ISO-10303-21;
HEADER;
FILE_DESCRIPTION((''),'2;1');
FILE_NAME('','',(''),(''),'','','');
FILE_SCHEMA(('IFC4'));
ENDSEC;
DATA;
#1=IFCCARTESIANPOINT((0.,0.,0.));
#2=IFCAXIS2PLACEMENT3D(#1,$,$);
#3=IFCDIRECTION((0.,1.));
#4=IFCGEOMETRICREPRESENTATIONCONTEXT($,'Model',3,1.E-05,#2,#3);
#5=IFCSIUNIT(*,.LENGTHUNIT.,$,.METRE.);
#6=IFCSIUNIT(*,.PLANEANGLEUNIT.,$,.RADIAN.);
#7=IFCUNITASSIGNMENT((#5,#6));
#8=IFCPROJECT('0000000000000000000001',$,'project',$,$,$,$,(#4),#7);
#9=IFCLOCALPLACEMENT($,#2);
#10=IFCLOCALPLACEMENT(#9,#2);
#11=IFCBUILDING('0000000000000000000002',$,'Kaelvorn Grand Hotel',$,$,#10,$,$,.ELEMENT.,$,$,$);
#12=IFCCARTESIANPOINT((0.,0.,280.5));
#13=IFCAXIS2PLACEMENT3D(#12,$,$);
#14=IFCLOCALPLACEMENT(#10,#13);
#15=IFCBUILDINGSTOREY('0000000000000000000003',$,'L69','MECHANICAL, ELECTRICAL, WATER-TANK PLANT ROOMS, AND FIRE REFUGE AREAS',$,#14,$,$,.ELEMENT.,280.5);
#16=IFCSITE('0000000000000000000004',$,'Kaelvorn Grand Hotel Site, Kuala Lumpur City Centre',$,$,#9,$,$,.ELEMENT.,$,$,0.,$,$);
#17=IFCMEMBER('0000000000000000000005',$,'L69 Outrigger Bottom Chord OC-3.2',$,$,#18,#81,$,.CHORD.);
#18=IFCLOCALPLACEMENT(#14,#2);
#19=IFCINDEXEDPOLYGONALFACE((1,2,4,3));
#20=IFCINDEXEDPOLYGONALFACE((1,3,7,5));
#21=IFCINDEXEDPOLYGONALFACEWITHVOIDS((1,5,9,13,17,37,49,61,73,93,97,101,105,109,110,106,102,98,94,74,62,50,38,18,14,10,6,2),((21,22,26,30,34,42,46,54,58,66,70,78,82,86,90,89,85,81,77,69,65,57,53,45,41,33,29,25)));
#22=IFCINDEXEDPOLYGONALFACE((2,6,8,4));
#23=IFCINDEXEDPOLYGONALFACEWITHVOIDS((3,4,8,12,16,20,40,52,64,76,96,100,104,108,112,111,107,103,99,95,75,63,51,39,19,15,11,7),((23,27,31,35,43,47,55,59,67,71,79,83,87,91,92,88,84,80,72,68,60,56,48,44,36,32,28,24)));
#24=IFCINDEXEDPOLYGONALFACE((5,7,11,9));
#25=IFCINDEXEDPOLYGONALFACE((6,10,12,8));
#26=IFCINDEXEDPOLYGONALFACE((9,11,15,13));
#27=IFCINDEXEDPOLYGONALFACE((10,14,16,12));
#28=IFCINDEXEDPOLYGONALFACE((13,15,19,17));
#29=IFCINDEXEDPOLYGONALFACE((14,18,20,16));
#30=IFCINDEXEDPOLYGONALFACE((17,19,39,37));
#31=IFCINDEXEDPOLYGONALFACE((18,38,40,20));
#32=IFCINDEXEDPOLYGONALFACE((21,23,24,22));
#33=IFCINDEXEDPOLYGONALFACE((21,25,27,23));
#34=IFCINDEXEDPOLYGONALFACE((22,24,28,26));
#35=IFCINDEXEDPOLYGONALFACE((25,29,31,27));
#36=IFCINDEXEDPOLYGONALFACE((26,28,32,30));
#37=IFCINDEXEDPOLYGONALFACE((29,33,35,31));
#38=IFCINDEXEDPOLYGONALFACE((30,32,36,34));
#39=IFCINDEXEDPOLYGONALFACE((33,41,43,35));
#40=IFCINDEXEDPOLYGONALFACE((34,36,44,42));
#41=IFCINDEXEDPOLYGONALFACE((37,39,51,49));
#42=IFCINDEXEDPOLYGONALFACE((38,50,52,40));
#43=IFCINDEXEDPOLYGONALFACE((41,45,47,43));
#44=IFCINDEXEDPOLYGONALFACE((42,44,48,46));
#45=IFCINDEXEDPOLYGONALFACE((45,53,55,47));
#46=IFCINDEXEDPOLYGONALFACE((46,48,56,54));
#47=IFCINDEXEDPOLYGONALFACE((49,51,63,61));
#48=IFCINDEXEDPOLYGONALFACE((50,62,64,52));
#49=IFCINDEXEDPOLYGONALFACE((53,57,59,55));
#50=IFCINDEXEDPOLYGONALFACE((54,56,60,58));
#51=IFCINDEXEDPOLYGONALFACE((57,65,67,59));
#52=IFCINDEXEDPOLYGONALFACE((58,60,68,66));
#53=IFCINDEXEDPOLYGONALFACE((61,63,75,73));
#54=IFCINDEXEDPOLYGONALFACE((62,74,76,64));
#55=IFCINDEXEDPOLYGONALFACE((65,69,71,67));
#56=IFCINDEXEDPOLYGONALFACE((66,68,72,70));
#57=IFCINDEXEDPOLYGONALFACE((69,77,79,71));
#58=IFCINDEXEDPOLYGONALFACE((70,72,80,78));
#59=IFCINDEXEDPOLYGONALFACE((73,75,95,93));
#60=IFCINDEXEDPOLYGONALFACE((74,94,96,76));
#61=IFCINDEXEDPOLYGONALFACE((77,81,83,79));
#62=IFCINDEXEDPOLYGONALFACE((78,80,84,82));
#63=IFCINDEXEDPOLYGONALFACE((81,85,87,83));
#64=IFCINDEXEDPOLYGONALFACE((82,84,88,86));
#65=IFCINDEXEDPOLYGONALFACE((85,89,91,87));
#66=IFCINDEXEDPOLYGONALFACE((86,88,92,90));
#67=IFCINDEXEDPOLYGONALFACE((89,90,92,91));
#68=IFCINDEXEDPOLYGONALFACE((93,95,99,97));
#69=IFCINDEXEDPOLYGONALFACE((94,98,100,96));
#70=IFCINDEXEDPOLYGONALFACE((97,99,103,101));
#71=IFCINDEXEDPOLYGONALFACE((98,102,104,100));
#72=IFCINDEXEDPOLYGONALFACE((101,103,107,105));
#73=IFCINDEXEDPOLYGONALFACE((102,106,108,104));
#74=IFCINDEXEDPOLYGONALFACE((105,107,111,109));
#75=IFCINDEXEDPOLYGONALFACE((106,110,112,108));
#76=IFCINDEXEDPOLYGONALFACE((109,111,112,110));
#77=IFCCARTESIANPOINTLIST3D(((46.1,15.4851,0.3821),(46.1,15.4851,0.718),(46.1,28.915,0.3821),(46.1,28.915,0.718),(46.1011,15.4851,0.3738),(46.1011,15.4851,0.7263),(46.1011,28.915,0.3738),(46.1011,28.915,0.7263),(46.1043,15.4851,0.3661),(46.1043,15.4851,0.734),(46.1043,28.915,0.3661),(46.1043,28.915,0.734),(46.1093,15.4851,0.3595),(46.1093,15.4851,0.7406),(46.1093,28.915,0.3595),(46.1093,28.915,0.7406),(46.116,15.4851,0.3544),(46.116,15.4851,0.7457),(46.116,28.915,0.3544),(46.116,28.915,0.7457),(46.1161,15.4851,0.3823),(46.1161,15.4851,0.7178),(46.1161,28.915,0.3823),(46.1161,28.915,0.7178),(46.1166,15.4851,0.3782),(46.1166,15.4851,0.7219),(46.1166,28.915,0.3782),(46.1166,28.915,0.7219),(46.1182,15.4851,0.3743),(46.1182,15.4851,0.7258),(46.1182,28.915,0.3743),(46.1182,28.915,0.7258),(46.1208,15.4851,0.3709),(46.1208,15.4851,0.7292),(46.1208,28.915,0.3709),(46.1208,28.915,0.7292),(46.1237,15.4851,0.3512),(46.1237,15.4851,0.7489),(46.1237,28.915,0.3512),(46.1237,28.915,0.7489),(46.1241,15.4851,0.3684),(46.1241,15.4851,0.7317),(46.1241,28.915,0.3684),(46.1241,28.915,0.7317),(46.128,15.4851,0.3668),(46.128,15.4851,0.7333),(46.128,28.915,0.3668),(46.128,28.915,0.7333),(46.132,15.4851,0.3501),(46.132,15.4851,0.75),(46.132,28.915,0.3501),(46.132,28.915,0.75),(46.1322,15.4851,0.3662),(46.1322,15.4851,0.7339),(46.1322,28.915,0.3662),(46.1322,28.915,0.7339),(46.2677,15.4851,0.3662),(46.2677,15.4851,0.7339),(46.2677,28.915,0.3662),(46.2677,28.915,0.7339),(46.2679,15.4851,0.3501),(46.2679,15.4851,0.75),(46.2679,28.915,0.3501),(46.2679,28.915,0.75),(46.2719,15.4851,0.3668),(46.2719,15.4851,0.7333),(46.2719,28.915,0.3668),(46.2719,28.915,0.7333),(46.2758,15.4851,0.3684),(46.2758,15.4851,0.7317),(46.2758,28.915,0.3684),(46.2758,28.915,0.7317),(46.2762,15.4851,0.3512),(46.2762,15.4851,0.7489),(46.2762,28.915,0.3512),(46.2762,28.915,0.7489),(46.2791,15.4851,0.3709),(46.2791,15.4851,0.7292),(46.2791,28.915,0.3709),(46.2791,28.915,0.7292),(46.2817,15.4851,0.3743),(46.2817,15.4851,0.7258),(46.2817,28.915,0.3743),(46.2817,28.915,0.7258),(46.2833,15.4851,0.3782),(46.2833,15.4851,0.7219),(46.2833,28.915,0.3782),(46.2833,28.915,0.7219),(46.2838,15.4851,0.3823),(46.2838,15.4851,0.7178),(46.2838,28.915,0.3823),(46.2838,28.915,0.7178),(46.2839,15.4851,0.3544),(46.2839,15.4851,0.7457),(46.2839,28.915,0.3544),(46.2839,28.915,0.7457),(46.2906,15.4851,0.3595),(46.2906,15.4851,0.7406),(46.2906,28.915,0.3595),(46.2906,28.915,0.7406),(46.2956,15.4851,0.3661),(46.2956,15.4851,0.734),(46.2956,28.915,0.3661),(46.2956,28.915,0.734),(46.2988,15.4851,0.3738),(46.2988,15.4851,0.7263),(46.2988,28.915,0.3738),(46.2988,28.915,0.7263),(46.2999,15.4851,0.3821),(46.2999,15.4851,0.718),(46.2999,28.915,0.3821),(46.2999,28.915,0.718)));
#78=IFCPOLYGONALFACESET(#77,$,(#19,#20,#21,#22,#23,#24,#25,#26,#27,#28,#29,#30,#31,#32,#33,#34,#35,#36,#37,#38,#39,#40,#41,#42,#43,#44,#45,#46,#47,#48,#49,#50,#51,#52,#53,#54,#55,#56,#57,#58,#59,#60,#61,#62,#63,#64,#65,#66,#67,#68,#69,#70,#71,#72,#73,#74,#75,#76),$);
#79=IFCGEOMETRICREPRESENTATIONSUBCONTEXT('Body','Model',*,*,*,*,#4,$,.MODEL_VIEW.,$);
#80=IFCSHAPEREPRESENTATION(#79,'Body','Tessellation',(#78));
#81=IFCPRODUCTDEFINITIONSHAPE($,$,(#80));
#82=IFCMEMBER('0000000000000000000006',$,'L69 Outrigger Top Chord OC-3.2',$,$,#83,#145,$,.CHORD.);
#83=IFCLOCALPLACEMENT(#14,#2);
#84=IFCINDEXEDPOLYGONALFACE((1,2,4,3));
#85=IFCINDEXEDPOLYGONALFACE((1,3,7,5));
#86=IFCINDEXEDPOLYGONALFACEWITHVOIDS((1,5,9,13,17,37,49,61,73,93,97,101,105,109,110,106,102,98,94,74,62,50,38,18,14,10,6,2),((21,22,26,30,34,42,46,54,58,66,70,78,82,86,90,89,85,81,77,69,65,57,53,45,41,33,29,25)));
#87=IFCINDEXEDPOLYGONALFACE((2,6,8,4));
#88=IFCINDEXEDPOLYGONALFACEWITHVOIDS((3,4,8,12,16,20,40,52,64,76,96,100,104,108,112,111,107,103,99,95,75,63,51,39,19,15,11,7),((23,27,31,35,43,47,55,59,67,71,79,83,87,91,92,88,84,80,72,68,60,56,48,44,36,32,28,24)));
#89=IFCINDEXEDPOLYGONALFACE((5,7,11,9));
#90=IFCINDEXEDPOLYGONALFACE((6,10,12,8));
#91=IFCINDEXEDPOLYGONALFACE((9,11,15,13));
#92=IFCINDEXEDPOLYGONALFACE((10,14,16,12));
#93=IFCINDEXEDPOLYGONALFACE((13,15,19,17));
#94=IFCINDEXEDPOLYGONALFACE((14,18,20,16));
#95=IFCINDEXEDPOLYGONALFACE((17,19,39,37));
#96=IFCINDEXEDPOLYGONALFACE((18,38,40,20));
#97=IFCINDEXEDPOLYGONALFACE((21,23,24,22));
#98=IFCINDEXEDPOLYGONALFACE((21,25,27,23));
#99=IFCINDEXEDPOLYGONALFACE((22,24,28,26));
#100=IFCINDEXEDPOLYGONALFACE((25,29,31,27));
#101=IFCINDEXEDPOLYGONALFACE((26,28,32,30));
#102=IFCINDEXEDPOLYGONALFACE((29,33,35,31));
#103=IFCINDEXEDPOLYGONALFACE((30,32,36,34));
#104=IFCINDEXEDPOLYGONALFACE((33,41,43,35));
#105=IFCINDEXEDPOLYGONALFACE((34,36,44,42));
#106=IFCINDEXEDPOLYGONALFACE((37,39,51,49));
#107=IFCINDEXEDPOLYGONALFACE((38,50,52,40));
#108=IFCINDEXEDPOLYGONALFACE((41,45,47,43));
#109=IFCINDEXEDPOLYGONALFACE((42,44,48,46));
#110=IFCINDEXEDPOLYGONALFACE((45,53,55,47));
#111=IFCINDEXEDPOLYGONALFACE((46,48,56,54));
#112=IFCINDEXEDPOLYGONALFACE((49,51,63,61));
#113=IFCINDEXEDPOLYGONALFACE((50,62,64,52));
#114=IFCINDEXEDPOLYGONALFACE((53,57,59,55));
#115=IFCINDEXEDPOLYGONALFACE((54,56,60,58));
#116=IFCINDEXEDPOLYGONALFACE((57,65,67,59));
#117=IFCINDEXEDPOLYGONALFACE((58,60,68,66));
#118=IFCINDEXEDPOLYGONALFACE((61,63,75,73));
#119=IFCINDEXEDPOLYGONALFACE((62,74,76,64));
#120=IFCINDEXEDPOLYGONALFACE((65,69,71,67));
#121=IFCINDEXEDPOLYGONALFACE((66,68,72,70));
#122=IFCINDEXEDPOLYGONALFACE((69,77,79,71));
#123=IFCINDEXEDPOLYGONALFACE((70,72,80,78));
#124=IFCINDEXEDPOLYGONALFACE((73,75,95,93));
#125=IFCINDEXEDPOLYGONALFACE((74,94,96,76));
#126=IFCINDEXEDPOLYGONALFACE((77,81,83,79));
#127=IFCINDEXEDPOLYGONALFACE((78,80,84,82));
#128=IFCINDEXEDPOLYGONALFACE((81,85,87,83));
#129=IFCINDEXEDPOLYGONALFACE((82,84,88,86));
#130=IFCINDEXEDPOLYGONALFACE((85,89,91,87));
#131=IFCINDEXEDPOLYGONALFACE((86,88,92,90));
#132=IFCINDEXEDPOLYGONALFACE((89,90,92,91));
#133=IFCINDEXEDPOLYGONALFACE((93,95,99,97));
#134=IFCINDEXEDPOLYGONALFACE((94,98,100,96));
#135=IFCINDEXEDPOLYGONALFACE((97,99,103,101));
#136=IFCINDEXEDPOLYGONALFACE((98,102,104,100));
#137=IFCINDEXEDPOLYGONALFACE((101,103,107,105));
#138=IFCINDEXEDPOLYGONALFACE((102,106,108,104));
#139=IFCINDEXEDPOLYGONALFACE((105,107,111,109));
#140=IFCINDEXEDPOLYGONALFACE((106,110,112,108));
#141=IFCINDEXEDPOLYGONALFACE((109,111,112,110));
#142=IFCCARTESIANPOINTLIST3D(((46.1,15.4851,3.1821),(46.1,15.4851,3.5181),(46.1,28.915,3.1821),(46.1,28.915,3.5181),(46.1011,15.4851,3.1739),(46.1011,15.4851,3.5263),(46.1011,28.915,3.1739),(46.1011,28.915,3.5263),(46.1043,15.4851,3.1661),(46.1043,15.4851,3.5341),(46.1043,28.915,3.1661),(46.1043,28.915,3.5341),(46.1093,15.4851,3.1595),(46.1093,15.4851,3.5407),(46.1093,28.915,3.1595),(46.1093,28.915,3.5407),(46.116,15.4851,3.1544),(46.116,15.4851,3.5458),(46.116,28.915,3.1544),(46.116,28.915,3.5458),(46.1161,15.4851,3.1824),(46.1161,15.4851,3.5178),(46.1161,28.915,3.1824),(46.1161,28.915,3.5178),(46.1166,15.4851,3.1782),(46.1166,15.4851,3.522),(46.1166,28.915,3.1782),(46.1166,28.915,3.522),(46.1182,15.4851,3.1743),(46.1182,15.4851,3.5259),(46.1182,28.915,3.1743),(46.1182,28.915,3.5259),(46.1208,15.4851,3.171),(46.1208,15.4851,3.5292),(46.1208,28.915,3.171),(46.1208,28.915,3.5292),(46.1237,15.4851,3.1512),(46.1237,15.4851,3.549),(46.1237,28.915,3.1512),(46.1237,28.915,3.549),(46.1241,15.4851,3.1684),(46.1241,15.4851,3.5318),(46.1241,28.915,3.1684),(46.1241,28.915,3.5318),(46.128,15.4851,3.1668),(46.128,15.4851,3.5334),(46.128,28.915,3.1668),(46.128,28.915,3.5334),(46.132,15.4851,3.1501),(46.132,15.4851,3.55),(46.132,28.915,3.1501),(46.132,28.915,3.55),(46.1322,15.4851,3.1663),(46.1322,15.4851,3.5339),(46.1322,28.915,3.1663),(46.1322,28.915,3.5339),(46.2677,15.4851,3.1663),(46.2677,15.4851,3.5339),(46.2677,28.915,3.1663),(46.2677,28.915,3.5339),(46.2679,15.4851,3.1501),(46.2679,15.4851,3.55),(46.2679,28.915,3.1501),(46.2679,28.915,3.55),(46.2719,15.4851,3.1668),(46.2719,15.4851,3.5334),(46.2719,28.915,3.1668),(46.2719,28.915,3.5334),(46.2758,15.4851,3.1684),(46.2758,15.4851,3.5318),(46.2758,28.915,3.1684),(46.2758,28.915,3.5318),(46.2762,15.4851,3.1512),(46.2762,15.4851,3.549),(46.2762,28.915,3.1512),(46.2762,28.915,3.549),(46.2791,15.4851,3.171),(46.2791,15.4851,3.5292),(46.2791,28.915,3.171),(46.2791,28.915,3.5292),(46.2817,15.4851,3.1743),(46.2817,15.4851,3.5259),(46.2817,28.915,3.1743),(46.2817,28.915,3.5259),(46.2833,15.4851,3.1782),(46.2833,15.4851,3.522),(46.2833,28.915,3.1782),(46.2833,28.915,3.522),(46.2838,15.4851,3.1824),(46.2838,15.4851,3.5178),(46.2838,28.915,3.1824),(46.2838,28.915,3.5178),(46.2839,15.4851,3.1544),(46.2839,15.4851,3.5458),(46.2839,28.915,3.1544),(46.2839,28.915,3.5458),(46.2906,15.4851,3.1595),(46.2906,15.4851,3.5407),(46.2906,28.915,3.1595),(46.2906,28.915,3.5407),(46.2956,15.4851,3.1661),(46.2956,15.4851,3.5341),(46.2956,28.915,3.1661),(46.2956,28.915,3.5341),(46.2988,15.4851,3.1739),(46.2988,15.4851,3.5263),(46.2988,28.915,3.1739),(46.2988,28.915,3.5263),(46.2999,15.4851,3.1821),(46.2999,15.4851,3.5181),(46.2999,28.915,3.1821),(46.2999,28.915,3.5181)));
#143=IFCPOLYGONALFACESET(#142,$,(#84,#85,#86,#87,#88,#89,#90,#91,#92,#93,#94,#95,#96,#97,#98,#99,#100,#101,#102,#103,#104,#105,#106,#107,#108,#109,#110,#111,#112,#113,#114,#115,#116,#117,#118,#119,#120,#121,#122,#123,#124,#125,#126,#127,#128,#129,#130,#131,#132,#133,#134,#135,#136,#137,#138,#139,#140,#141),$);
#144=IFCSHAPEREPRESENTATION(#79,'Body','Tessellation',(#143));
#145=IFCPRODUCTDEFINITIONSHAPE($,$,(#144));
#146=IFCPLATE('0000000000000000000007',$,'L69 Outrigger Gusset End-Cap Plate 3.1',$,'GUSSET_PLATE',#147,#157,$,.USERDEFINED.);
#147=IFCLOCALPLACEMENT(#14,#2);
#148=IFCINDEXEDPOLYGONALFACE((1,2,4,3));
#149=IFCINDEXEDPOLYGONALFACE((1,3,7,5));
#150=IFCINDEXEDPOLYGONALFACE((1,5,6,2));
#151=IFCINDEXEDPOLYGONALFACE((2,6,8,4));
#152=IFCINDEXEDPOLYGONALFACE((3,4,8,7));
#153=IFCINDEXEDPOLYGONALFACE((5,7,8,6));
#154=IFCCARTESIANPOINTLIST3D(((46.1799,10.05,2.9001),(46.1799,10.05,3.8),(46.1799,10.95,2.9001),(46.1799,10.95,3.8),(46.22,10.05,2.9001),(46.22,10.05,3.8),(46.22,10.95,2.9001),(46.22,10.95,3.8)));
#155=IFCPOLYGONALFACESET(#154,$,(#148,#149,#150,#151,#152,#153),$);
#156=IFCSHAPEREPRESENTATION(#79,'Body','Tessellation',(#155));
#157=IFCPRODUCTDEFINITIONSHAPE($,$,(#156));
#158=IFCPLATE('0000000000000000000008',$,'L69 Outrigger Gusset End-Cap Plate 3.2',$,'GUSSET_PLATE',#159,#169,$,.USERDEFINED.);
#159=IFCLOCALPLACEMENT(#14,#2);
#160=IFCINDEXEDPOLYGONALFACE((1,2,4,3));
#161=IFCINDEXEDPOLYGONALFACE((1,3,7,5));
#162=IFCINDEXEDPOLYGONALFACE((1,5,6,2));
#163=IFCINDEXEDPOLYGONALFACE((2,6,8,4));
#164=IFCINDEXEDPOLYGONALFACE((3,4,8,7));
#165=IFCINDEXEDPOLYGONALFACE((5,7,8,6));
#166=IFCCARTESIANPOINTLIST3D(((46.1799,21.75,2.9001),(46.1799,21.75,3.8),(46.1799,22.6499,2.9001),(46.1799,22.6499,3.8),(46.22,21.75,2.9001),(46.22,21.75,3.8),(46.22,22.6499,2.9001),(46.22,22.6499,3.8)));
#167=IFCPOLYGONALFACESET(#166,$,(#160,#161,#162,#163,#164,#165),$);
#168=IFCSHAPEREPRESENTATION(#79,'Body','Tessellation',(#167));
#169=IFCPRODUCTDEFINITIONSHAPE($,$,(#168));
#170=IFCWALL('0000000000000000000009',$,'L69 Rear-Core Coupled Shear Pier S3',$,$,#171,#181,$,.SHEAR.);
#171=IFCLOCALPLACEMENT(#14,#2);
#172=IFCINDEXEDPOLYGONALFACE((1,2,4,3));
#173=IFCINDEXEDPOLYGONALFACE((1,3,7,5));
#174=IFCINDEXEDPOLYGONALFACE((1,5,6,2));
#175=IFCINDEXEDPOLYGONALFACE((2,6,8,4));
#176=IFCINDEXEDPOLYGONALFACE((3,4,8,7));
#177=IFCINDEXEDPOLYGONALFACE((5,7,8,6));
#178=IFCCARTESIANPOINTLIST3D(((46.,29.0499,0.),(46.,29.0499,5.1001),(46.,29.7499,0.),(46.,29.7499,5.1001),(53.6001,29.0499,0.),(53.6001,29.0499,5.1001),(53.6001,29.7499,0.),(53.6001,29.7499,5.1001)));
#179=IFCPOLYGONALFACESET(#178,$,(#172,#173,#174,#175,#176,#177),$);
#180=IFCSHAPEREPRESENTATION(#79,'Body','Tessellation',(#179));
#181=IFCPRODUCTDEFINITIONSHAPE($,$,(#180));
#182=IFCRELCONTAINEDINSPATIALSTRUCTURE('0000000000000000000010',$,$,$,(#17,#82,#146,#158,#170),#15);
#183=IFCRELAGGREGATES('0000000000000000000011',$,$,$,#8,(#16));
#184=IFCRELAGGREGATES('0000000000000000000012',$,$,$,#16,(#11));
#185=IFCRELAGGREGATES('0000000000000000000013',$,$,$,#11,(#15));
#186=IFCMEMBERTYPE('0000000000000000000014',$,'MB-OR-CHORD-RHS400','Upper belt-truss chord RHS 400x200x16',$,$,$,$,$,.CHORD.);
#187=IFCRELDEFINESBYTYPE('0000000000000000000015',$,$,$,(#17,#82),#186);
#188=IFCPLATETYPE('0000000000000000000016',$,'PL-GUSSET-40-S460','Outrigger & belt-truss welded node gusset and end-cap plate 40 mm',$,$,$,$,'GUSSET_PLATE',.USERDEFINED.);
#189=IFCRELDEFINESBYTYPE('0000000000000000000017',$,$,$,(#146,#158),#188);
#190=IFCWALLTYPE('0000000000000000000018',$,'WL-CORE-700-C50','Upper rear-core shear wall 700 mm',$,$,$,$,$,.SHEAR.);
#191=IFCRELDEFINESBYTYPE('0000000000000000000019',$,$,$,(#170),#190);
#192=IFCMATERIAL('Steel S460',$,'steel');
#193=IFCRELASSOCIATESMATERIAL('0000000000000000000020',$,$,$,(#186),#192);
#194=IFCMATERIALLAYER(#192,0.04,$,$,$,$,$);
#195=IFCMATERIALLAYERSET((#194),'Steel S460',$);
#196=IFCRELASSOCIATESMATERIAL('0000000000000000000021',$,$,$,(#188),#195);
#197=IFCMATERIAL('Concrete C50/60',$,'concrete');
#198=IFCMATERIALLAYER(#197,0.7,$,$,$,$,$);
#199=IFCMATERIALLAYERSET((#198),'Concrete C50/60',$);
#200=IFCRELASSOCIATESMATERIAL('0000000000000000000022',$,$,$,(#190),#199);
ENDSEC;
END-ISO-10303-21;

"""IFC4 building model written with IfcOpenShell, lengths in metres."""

from ifc_helpers import new_model, si_unit, direction, frame, frame_2d, origin, origin_2d, place, context, subcontext, project, spatial, rectangle, hollow_rectangle, extrude, material, layer, layer_set, material_profile, profile_set, type_object, element, save


model = new_model("IFC4")

# Units and contexts
model_context = context("Model", 3, precision=1e-05, world=origin(), true_north=direction((0.0, 1.0)))
body_context = subcontext(model_context, "Body", "Model", "MODEL_VIEW")
ifc_project = project(units=[si_unit("LENGTHUNIT", "METRE"), si_unit("PLANEANGLEUNIT", "RADIAN")], contexts=[model_context])

# Site, building, storey
site_placement = place(None, origin())
site = spatial("IfcSite", under=ifc_project, at=site_placement, Name="Kaelvorn Grand Hotel Site, Kuala Lumpur City Centre", CompositionType="ELEMENT", RefElevation=0.0)
building_placement = place(site_placement, origin())
building = spatial("IfcBuilding", under=site, at=building_placement, Name="Kaelvorn Grand Hotel", CompositionType="ELEMENT")
storey_placement = place(building_placement, frame((0.0, 0.0, 280.5)))
storey = spatial("IfcBuildingStorey", under=building, at=storey_placement, Name="L69", Description="MECHANICAL, ELECTRICAL, WATER-TANK PLANT ROOMS, AND FIRE REFUGE AREAS", CompositionType="ELEMENT", Elevation=280.5)

# Shared definitions
ifc_material_1 = material(Name="Concrete C50/60", Category="concrete")

# Shared definitions
ifc_material_2 = material(Name="Steel S460", Category="steel")

# Members
ifc_material_profile_1 = material_profile(ifc_material_2, hollow_rectangle(XDim=0.2, YDim=0.3999, WallThickness=0.0161, InnerFilletRadius=0.0161, OuterFilletRadius=0.032, at=origin_2d()), Name="RHS 400x200x16.0")
ifc_profile_set_1 = profile_set([ifc_material_profile_1], Name="Steel S460")
member_type_1 = type_object("IfcMemberType", Name="MB-OR-CHORD-RHS400", Description="Upper belt-truss chord RHS 400x200x16", PredefinedType="CHORD", material=ifc_profile_set_1)
for number, where, z_axis, x_axis, name in (
    (1, (46.2, 15.4851, 0.55), (0.0, 1.0, 0.0), (-1.0, 0.0, 0.0), "L69 Outrigger Bottom Chord OC-3.2"),
    (2, (46.2, 15.4851, 3.3501), (0.0, 1.0, 0.0), (-1.0, 0.0, 0.0), "L69 Outrigger Top Chord OC-3.2"),
):
    element("IfcMember", number, at=place(storey_placement, frame(where, z_axis=z_axis, x_axis=x_axis)), inside=storey, type_object=member_type_1, Name=name, PredefinedType="CHORD", context=body_context, shape_type="SweptSolid", body=[
        extrude(hollow_rectangle(XDim=0.2, YDim=0.3999, WallThickness=0.0161, InnerFilletRadius=0.0161, OuterFilletRadius=0.032, at=origin_2d()), origin(), (0.0, 0.0, 1.0), 13.4299),
    ])

# Plates
ifc_layer_1 = layer(ifc_material_2, 0.04)
ifc_layer_set_1 = layer_set([ifc_layer_1], Name="Steel S460")
plate_type = type_object("IfcPlateType", Name="PL-GUSSET-40-S460", Description="Outrigger & belt-truss welded node gusset and end-cap plate 40 mm", ElementType="GUSSET_PLATE", PredefinedType="USERDEFINED", material=ifc_layer_set_1)
for number, where, z_axis, x_axis, name in (
    (3, (46.2, 10.5, 2.9001), (0.0, 0.0, 1.0), (1.0, 0.0, 0.0), "L69 Outrigger Gusset End-Cap Plate 3.1"),
    (4, (46.2, 22.2, 2.9001), (0.0, 0.0, 1.0), (1.0, 0.0, 0.0), "L69 Outrigger Gusset End-Cap Plate 3.2"),
):
    element("IfcPlate", number, at=place(storey_placement, frame(where, z_axis=z_axis, x_axis=x_axis)), inside=storey, type_object=plate_type, Name=name, ObjectType="GUSSET_PLATE", PredefinedType="USERDEFINED", context=body_context, shape_type="SweptSolid", body=[
        extrude(rectangle(XDim=0.04, YDim=0.8999, at=origin_2d()), origin(), (0.0, 0.0, 1.0), 0.8999),
    ])

# Wall
ifc_layer_2 = layer(ifc_material_1, 0.7)
ifc_layer_set_2 = layer_set([ifc_layer_2], Name="Concrete C50/60")
wall_type_1 = type_object("IfcWallType", Name="WL-CORE-700-C50", Description="Upper rear-core shear wall 700 mm", PredefinedType="SHEAR", material=ifc_layer_set_2)
wall_1_placement = place(storey_placement, frame((46.0, 29.3999, 0.0), z_axis=(0.0, 0.0, 1.0), x_axis=(1.0, 0.0, 0.0)))
element("IfcWall", 5, at=wall_1_placement, inside=storey, type_object=wall_type_1, Name="L69 Rear-Core Coupled Shear Pier S3", PredefinedType="SHEAR", context=body_context, shape_type="SweptSolid", body=[
    extrude(rectangle(XDim=7.6001, YDim=0.7, at=frame_2d((3.8, 0.0))), origin(), (0.0, 0.0, 1.0), 5.1001),
])

save(model, "model.ifc")
